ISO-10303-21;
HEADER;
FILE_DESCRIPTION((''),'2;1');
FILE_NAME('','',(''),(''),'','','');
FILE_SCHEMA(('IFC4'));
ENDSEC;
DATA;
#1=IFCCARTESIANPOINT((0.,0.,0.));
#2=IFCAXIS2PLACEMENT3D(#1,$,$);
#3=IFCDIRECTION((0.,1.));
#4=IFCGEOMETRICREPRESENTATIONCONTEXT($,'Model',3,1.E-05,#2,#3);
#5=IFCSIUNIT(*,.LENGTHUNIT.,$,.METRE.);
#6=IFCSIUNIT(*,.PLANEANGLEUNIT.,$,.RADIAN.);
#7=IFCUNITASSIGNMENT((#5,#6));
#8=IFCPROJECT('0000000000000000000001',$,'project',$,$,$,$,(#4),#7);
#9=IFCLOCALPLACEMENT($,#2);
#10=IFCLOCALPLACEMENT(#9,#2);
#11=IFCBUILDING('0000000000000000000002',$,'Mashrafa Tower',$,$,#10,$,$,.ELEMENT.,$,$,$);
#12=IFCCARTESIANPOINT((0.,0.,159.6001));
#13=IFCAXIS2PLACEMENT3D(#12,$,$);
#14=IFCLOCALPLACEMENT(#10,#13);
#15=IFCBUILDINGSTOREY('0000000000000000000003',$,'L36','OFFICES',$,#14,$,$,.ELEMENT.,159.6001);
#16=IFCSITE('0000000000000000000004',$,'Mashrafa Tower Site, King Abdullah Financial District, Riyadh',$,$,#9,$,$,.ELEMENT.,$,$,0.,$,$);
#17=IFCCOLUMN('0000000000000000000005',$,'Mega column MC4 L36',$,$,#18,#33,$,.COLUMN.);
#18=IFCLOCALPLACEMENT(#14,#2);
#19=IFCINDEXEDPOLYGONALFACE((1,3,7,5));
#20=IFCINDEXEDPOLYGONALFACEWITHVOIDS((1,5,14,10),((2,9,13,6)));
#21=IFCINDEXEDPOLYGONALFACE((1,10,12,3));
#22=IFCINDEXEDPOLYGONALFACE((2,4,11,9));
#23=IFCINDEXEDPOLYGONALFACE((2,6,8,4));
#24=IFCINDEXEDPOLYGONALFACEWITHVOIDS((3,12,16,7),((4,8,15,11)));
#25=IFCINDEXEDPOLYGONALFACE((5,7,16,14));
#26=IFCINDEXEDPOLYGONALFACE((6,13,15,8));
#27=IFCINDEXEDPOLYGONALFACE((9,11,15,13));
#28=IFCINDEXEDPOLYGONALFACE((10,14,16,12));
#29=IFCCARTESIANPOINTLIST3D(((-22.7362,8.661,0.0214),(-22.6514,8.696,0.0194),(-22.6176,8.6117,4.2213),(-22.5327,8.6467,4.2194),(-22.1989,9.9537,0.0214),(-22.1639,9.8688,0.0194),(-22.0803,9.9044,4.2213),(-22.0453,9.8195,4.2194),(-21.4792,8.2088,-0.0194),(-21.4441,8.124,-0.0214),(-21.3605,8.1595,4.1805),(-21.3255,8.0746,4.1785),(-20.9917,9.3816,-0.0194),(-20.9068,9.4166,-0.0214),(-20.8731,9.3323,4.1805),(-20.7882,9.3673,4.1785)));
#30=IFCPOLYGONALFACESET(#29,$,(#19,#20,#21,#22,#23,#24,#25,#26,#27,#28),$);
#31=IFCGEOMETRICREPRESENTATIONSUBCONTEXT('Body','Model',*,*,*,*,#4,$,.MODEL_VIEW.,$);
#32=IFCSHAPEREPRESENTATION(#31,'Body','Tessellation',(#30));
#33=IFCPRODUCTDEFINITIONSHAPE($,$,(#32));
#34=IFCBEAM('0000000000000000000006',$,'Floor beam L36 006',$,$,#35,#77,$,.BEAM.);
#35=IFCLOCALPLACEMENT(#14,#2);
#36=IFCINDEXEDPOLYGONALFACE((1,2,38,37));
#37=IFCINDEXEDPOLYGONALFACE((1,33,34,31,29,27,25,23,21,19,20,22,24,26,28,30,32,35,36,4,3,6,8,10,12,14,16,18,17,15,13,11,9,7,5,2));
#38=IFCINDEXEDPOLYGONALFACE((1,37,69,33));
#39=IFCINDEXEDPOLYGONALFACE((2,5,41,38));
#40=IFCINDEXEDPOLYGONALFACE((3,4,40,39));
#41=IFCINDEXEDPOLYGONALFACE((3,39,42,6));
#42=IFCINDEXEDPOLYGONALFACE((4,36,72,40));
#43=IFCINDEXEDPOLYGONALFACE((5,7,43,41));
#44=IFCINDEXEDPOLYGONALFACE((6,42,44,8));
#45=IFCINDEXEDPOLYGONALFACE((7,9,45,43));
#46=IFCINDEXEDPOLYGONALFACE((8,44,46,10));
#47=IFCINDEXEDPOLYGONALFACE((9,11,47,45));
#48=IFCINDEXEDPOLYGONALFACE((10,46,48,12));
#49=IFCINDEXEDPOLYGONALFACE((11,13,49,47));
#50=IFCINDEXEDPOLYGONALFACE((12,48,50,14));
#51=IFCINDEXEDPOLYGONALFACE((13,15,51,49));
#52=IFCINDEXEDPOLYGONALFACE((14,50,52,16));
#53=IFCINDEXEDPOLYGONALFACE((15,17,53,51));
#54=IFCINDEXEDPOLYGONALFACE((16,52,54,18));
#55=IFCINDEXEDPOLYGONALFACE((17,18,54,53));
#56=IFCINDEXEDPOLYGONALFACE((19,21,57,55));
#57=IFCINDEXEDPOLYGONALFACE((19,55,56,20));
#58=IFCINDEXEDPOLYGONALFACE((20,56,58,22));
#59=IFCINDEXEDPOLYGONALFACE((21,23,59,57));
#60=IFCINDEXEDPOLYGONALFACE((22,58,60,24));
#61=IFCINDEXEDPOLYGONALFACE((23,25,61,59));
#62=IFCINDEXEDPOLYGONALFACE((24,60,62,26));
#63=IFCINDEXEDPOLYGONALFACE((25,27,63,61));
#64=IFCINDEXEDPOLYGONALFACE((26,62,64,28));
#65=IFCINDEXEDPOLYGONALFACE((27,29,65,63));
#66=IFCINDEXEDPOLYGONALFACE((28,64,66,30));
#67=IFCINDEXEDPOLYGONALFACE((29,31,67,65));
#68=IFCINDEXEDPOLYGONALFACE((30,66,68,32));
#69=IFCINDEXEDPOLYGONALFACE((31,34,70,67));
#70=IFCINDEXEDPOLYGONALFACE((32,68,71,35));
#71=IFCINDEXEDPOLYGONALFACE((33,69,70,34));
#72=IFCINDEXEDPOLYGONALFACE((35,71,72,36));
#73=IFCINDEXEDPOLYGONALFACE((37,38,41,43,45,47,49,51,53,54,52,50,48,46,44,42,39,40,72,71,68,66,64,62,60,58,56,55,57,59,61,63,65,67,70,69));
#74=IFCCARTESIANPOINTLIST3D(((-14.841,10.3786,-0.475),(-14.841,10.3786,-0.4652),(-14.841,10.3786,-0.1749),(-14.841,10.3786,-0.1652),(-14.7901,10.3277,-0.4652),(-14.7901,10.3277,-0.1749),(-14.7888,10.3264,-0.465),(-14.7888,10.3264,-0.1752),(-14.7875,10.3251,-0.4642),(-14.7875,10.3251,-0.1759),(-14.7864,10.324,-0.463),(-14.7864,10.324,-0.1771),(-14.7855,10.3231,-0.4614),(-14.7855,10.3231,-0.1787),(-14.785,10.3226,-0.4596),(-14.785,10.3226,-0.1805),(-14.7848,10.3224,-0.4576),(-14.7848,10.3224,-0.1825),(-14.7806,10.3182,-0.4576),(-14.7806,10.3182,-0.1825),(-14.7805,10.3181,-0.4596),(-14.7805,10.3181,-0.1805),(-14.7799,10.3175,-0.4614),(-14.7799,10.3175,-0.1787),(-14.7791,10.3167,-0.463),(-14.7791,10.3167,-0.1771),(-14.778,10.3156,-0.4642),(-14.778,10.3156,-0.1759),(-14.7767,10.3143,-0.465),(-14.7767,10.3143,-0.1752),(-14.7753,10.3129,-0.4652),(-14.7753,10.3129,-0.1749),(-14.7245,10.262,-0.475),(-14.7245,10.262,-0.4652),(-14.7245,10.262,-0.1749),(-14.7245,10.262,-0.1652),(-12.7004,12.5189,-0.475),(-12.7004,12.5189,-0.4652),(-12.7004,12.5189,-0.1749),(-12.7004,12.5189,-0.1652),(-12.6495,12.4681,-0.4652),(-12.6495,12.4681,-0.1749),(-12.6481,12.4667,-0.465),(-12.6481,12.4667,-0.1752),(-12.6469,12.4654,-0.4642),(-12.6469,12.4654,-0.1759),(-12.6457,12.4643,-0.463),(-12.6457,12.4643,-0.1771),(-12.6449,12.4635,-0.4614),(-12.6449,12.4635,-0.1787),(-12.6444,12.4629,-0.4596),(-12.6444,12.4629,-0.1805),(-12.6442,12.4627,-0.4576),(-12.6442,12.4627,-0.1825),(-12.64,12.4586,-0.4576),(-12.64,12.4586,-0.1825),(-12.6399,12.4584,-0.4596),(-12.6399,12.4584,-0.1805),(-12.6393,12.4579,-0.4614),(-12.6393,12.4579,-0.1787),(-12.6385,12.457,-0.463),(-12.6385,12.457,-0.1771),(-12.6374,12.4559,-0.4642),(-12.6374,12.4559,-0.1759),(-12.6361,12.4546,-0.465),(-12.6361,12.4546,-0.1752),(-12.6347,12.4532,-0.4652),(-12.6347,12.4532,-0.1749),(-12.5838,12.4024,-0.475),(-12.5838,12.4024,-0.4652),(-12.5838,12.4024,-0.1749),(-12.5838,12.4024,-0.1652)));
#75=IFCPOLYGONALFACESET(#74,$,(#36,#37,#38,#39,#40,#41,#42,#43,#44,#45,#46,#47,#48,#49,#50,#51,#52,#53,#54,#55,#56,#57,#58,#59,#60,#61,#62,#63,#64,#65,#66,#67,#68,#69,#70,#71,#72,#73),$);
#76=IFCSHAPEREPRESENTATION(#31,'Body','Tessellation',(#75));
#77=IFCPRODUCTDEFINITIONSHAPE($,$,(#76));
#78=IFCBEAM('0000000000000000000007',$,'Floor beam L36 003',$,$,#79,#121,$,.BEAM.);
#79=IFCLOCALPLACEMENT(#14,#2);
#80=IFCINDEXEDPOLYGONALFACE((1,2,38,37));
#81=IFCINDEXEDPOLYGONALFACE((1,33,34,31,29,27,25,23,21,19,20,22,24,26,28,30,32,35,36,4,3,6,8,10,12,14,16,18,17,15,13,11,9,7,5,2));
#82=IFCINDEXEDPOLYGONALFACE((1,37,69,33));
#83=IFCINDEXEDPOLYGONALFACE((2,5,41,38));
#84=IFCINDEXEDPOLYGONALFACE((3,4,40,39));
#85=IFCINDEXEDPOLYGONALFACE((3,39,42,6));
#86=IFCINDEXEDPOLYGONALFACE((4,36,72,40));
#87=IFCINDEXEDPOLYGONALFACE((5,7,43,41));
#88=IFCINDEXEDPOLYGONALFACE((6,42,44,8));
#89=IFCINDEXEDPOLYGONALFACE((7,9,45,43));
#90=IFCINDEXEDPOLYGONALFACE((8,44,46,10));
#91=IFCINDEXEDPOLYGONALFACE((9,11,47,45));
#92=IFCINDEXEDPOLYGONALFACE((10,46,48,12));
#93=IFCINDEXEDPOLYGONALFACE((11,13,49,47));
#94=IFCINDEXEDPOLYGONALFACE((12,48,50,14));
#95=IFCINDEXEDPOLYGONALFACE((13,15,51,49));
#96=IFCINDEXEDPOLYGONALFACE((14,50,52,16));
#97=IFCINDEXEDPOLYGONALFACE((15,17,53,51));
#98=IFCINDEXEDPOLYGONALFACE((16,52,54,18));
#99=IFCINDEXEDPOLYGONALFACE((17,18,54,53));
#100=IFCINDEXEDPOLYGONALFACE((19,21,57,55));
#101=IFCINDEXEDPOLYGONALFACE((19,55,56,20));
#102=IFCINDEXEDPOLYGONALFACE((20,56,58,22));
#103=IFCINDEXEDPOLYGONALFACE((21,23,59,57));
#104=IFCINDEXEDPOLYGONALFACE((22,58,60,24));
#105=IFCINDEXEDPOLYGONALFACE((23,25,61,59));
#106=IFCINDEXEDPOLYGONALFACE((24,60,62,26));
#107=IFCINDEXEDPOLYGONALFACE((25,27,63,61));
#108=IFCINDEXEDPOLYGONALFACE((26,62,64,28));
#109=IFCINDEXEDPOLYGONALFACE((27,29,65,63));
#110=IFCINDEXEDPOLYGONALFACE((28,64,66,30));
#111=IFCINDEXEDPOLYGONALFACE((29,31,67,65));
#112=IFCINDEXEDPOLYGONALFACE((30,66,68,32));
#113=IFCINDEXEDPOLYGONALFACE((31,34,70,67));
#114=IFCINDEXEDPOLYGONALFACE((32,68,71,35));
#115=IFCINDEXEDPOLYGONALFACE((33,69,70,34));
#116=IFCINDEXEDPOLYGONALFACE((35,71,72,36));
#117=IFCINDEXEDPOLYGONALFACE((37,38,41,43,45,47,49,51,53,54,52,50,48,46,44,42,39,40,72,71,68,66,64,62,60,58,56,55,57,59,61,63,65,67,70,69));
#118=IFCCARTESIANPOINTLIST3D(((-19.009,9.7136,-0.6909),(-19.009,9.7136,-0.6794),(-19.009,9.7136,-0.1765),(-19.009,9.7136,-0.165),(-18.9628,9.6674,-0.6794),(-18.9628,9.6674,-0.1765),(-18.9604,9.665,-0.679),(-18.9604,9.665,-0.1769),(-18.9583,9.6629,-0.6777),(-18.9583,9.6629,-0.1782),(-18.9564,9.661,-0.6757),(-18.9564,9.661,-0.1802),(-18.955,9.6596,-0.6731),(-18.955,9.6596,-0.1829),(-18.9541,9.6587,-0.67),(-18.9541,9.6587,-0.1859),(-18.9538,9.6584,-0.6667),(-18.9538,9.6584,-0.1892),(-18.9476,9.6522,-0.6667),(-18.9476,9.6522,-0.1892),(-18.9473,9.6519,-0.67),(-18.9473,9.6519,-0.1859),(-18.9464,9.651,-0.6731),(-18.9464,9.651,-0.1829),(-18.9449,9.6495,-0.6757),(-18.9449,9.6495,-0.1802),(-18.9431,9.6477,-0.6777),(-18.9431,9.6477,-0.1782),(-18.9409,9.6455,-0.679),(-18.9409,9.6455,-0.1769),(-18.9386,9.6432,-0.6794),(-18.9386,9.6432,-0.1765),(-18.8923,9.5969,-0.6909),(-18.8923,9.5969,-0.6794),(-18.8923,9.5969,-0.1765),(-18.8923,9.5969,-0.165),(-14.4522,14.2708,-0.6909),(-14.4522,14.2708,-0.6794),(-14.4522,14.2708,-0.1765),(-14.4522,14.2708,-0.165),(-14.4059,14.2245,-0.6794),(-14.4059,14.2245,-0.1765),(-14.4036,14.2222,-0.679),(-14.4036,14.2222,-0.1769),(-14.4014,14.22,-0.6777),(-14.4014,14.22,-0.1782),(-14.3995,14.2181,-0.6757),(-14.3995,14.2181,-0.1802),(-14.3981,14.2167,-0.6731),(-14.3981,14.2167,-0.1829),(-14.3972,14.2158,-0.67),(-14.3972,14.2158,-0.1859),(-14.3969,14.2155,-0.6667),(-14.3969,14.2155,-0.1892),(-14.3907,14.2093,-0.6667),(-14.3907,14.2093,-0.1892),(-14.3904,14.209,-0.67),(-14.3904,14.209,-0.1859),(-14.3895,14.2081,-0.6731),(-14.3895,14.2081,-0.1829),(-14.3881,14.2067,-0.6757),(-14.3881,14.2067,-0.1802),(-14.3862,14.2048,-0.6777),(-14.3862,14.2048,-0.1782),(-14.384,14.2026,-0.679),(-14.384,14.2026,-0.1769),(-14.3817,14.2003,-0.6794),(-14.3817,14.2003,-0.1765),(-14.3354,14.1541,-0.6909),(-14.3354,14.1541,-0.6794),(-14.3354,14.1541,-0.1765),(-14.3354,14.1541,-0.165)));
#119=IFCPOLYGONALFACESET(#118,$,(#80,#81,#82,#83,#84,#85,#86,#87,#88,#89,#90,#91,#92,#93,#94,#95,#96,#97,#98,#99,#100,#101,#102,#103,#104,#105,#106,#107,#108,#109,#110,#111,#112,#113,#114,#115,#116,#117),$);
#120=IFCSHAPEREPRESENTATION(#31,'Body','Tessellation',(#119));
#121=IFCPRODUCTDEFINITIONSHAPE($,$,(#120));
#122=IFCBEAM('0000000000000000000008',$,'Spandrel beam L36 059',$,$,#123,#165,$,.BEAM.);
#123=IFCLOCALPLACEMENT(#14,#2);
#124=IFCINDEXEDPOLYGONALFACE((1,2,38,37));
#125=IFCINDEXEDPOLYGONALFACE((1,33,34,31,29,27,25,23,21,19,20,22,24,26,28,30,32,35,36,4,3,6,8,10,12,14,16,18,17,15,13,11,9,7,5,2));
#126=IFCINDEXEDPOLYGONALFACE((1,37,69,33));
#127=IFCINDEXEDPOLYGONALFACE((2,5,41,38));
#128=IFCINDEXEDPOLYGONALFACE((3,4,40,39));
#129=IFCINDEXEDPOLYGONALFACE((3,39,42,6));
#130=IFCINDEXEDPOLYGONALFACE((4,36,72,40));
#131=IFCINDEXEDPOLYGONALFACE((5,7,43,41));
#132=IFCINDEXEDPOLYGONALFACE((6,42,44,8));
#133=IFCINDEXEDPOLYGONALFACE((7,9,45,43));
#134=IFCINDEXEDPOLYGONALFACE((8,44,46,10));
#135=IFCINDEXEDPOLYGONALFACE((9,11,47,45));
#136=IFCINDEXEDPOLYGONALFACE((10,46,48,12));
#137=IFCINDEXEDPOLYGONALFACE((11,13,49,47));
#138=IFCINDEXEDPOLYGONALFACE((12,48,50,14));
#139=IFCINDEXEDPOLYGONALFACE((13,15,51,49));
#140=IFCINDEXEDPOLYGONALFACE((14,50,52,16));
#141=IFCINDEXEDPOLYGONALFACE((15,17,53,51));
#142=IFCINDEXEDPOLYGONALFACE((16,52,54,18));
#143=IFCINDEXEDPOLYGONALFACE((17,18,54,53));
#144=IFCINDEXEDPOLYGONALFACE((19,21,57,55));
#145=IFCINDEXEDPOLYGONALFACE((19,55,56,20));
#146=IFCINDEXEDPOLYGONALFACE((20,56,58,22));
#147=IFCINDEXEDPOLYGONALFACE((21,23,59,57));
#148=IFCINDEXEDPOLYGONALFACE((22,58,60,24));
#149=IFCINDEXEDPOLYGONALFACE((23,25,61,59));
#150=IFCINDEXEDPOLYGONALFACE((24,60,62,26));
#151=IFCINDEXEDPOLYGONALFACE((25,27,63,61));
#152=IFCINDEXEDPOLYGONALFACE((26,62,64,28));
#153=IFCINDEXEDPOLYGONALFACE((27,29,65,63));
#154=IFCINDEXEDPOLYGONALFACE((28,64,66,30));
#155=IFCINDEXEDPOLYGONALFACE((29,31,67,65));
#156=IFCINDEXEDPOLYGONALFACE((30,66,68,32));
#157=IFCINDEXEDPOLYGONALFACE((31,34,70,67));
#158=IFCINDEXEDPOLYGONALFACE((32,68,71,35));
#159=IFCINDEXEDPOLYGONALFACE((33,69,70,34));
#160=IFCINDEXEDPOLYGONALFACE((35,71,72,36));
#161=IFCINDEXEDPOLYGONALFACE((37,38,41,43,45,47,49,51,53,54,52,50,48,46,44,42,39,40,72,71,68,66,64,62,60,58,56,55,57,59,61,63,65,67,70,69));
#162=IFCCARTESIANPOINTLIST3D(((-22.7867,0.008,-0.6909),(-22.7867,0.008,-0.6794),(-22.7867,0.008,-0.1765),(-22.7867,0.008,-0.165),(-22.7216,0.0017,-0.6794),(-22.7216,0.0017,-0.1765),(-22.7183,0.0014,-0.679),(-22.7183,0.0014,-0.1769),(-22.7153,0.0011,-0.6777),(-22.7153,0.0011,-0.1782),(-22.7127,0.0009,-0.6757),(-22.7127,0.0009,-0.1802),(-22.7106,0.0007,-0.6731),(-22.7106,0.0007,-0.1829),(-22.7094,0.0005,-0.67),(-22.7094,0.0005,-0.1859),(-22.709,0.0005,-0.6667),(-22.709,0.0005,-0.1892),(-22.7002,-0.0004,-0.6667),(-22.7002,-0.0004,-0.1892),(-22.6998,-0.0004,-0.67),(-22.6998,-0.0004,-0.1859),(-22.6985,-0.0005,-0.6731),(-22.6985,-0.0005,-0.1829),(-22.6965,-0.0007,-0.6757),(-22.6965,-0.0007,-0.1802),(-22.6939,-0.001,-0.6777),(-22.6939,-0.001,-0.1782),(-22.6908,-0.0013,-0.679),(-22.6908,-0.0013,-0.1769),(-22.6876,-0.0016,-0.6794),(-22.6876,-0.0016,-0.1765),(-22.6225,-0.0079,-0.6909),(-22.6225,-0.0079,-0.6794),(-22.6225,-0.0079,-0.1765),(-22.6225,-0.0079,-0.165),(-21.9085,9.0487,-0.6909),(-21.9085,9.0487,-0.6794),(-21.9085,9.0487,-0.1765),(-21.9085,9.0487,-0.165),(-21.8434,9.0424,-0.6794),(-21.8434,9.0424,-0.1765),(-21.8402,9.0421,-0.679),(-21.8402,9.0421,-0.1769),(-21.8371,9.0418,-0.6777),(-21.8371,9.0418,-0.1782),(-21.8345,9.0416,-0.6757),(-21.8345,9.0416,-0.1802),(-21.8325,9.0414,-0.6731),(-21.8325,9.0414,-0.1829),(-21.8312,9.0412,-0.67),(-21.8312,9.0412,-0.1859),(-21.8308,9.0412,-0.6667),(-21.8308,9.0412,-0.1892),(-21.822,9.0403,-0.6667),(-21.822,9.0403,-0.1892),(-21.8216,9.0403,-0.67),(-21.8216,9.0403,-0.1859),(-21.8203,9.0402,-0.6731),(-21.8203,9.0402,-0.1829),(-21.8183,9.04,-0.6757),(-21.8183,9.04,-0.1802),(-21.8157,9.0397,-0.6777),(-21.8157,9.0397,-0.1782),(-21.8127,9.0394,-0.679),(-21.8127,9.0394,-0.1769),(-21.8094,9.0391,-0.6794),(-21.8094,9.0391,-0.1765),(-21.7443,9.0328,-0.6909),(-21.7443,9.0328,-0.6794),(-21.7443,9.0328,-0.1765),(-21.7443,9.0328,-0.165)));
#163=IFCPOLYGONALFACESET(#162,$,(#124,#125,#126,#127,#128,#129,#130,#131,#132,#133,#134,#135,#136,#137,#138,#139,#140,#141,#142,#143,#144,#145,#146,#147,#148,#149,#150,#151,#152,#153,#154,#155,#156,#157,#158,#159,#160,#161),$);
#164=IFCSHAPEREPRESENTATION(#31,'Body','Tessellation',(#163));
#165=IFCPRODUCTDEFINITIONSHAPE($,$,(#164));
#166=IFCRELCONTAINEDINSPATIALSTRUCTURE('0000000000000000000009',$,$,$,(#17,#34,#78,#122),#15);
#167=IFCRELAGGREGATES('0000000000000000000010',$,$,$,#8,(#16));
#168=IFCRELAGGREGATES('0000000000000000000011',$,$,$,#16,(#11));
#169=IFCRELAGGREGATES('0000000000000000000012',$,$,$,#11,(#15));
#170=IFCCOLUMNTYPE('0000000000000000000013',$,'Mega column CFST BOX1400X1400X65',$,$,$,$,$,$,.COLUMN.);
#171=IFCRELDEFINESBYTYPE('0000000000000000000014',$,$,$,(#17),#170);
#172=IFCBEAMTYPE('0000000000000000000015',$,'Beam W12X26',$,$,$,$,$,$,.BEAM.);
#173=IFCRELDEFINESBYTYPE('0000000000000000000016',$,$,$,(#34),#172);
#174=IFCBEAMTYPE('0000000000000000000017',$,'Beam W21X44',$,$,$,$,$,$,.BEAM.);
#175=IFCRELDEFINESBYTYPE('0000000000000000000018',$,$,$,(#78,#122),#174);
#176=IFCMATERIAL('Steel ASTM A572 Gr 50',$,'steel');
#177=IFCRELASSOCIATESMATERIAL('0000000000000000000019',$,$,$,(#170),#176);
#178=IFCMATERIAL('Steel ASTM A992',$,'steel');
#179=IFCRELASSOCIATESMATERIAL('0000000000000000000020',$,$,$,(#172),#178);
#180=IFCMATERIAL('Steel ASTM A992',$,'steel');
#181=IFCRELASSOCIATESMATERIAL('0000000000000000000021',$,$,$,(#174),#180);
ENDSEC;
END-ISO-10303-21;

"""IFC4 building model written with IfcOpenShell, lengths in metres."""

from ifc_helpers import new_model, si_unit, direction, frame, origin, origin_2d, place, context, subcontext, project, spatial, hollow_rectangle, i_section, extrude, material, material_profile, profile_set, type_object, element, save


model = new_model("IFC4")

# Units and contexts
model_context = context("Model", 3, precision=1e-05, world=origin(), true_north=direction((0.0, 1.0)))
body_context = subcontext(model_context, "Body", "Model", "MODEL_VIEW")
ifc_project = project(units=[si_unit("LENGTHUNIT", "METRE"), si_unit("PLANEANGLEUNIT", "RADIAN")], contexts=[model_context])

# Site, building, storey
site_placement = place(None, origin())
site = spatial("IfcSite", under=ifc_project, at=site_placement, Name="Mashrafa Tower Site, King Abdullah Financial District, Riyadh", CompositionType="ELEMENT", RefElevation=0.0)
building_placement = place(site_placement, origin())
building = spatial("IfcBuilding", under=site, at=building_placement, Name="Mashrafa Tower", CompositionType="ELEMENT")
storey_placement = place(building_placement, frame((0.0, 0.0, 159.6001)))
storey = spatial("IfcBuildingStorey", under=building, at=storey_placement, Name="L36", Description="OFFICES", CompositionType="ELEMENT", Elevation=159.6001)

# Column
ifc_material_1 = material(Name="Steel ASTM A572 Gr 50", Category="steel")
ifc_material_profile_1 = material_profile(ifc_material_1, hollow_rectangle(XDim=1.3999, YDim=1.3999, WallThickness=0.0649, at=origin_2d()), Name="BOX1400X1400X65")
ifc_profile_set_1 = profile_set([ifc_material_profile_1], Name="Steel ASTM A572 Gr 50")
column_type = type_object("IfcColumnType", Name="Mega column CFST BOX1400X1400X65", PredefinedType="COLUMN", material=ifc_profile_set_1)
column_placement = place(storey_placement, frame((-21.8215, 9.0388, 0.0), z_axis=(0.028238, -0.011737, 0.999532), x_axis=(0.383806, 0.923414, 0.0)))
element("IfcColumn", 1, at=column_placement, inside=storey, type_object=column_type, Name="Mega column MC4 L36", PredefinedType="COLUMN", context=body_context, shape_type="SweptSolid", body=[
    extrude(hollow_rectangle(XDim=1.3999, YDim=1.3999, WallThickness=0.0649, at=origin_2d()), origin(), (0.0, 0.0, 1.0), 4.2019),
])

# Beams
ifc_material_2 = material(Name="Steel ASTM A992", Category="steel")
ifc_material_profile_2 = material_profile(ifc_material_2, i_section(OverallWidth=0.1648, OverallDepth=0.3098, WebThickness=0.0059, FlangeThickness=0.0098, FilletRadius=0.0076, at=origin_2d()), Name="W12X26")
ifc_profile_set_2 = profile_set([ifc_material_profile_2], Name="Steel ASTM A992")
beam_type_1 = type_object("IfcBeamType", Name="Beam W12X26", PredefinedType="BEAM", material=ifc_profile_set_2)
beam_1_placement = place(storey_placement, frame((-14.7827, 10.3203, -0.3201), z_axis=(0.707147, 0.707066, 0.0), x_axis=(-0.707066, 0.707147, 0.0)))
element("IfcBeam", 2, at=beam_1_placement, inside=storey, type_object=beam_type_1, Name="Floor beam L36 006", PredefinedType="BEAM", context=body_context, shape_type="SweptSolid", body=[
    extrude(i_section(OverallWidth=0.1648, OverallDepth=0.3098, WebThickness=0.0059, FlangeThickness=0.0098, FilletRadius=0.0076, at=origin_2d()), origin(), (0.0, 0.0, 1.0), 3.0271),
])
ifc_material_3 = material(Name="Steel ASTM A992", Category="steel")
ifc_material_profile_3 = material_profile(ifc_material_3, i_section(OverallWidth=0.165, OverallDepth=0.5259, WebThickness=0.0088, FlangeThickness=0.0115, FilletRadius=0.0127, at=origin_2d()), Name="W21X44")
ifc_profile_set_3 = profile_set([ifc_material_profile_3], Name="Steel ASTM A992")
beam_type_2 = type_object("IfcBeamType", Name="Beam W21X44", PredefinedType="BEAM", material=ifc_profile_set_3)
beam_2_placement = place(storey_placement, frame((-18.9507, 9.6553, -0.428), z_axis=(0.707088, 0.707126, 0.0), x_axis=(-0.707126, 0.707088, 0.0)))
element("IfcBeam", 3, at=beam_2_placement, inside=storey, type_object=beam_type_2, Name="Floor beam L36 003", PredefinedType="BEAM", context=body_context, shape_type="SweptSolid", body=[
    extrude(i_section(OverallWidth=0.165, OverallDepth=0.5259, WebThickness=0.0088, FlangeThickness=0.0115, FilletRadius=0.0127, at=origin_2d()), origin(), (0.0, 0.0, 1.0), 6.4446),
])
beam_3_placement = place(storey_placement, frame((-21.8264, 9.0408, -0.428), z_axis=(-0.09668, -0.995316, 0.0), x_axis=(0.995316, -0.09668, 0.0)))
element("IfcBeam", 4, at=beam_3_placement, inside=storey, type_object=beam_type_2, Name="Spandrel beam L36 059", PredefinedType="BEAM", context=body_context, shape_type="SweptSolid", body=[
    extrude(i_section(OverallWidth=0.165, OverallDepth=0.5259, WebThickness=0.0088, FlangeThickness=0.0115, FilletRadius=0.0127, at=origin_2d()), origin(), (0.0, 0.0, 1.0), 9.0833),
])

save(model, "model.ifc")
